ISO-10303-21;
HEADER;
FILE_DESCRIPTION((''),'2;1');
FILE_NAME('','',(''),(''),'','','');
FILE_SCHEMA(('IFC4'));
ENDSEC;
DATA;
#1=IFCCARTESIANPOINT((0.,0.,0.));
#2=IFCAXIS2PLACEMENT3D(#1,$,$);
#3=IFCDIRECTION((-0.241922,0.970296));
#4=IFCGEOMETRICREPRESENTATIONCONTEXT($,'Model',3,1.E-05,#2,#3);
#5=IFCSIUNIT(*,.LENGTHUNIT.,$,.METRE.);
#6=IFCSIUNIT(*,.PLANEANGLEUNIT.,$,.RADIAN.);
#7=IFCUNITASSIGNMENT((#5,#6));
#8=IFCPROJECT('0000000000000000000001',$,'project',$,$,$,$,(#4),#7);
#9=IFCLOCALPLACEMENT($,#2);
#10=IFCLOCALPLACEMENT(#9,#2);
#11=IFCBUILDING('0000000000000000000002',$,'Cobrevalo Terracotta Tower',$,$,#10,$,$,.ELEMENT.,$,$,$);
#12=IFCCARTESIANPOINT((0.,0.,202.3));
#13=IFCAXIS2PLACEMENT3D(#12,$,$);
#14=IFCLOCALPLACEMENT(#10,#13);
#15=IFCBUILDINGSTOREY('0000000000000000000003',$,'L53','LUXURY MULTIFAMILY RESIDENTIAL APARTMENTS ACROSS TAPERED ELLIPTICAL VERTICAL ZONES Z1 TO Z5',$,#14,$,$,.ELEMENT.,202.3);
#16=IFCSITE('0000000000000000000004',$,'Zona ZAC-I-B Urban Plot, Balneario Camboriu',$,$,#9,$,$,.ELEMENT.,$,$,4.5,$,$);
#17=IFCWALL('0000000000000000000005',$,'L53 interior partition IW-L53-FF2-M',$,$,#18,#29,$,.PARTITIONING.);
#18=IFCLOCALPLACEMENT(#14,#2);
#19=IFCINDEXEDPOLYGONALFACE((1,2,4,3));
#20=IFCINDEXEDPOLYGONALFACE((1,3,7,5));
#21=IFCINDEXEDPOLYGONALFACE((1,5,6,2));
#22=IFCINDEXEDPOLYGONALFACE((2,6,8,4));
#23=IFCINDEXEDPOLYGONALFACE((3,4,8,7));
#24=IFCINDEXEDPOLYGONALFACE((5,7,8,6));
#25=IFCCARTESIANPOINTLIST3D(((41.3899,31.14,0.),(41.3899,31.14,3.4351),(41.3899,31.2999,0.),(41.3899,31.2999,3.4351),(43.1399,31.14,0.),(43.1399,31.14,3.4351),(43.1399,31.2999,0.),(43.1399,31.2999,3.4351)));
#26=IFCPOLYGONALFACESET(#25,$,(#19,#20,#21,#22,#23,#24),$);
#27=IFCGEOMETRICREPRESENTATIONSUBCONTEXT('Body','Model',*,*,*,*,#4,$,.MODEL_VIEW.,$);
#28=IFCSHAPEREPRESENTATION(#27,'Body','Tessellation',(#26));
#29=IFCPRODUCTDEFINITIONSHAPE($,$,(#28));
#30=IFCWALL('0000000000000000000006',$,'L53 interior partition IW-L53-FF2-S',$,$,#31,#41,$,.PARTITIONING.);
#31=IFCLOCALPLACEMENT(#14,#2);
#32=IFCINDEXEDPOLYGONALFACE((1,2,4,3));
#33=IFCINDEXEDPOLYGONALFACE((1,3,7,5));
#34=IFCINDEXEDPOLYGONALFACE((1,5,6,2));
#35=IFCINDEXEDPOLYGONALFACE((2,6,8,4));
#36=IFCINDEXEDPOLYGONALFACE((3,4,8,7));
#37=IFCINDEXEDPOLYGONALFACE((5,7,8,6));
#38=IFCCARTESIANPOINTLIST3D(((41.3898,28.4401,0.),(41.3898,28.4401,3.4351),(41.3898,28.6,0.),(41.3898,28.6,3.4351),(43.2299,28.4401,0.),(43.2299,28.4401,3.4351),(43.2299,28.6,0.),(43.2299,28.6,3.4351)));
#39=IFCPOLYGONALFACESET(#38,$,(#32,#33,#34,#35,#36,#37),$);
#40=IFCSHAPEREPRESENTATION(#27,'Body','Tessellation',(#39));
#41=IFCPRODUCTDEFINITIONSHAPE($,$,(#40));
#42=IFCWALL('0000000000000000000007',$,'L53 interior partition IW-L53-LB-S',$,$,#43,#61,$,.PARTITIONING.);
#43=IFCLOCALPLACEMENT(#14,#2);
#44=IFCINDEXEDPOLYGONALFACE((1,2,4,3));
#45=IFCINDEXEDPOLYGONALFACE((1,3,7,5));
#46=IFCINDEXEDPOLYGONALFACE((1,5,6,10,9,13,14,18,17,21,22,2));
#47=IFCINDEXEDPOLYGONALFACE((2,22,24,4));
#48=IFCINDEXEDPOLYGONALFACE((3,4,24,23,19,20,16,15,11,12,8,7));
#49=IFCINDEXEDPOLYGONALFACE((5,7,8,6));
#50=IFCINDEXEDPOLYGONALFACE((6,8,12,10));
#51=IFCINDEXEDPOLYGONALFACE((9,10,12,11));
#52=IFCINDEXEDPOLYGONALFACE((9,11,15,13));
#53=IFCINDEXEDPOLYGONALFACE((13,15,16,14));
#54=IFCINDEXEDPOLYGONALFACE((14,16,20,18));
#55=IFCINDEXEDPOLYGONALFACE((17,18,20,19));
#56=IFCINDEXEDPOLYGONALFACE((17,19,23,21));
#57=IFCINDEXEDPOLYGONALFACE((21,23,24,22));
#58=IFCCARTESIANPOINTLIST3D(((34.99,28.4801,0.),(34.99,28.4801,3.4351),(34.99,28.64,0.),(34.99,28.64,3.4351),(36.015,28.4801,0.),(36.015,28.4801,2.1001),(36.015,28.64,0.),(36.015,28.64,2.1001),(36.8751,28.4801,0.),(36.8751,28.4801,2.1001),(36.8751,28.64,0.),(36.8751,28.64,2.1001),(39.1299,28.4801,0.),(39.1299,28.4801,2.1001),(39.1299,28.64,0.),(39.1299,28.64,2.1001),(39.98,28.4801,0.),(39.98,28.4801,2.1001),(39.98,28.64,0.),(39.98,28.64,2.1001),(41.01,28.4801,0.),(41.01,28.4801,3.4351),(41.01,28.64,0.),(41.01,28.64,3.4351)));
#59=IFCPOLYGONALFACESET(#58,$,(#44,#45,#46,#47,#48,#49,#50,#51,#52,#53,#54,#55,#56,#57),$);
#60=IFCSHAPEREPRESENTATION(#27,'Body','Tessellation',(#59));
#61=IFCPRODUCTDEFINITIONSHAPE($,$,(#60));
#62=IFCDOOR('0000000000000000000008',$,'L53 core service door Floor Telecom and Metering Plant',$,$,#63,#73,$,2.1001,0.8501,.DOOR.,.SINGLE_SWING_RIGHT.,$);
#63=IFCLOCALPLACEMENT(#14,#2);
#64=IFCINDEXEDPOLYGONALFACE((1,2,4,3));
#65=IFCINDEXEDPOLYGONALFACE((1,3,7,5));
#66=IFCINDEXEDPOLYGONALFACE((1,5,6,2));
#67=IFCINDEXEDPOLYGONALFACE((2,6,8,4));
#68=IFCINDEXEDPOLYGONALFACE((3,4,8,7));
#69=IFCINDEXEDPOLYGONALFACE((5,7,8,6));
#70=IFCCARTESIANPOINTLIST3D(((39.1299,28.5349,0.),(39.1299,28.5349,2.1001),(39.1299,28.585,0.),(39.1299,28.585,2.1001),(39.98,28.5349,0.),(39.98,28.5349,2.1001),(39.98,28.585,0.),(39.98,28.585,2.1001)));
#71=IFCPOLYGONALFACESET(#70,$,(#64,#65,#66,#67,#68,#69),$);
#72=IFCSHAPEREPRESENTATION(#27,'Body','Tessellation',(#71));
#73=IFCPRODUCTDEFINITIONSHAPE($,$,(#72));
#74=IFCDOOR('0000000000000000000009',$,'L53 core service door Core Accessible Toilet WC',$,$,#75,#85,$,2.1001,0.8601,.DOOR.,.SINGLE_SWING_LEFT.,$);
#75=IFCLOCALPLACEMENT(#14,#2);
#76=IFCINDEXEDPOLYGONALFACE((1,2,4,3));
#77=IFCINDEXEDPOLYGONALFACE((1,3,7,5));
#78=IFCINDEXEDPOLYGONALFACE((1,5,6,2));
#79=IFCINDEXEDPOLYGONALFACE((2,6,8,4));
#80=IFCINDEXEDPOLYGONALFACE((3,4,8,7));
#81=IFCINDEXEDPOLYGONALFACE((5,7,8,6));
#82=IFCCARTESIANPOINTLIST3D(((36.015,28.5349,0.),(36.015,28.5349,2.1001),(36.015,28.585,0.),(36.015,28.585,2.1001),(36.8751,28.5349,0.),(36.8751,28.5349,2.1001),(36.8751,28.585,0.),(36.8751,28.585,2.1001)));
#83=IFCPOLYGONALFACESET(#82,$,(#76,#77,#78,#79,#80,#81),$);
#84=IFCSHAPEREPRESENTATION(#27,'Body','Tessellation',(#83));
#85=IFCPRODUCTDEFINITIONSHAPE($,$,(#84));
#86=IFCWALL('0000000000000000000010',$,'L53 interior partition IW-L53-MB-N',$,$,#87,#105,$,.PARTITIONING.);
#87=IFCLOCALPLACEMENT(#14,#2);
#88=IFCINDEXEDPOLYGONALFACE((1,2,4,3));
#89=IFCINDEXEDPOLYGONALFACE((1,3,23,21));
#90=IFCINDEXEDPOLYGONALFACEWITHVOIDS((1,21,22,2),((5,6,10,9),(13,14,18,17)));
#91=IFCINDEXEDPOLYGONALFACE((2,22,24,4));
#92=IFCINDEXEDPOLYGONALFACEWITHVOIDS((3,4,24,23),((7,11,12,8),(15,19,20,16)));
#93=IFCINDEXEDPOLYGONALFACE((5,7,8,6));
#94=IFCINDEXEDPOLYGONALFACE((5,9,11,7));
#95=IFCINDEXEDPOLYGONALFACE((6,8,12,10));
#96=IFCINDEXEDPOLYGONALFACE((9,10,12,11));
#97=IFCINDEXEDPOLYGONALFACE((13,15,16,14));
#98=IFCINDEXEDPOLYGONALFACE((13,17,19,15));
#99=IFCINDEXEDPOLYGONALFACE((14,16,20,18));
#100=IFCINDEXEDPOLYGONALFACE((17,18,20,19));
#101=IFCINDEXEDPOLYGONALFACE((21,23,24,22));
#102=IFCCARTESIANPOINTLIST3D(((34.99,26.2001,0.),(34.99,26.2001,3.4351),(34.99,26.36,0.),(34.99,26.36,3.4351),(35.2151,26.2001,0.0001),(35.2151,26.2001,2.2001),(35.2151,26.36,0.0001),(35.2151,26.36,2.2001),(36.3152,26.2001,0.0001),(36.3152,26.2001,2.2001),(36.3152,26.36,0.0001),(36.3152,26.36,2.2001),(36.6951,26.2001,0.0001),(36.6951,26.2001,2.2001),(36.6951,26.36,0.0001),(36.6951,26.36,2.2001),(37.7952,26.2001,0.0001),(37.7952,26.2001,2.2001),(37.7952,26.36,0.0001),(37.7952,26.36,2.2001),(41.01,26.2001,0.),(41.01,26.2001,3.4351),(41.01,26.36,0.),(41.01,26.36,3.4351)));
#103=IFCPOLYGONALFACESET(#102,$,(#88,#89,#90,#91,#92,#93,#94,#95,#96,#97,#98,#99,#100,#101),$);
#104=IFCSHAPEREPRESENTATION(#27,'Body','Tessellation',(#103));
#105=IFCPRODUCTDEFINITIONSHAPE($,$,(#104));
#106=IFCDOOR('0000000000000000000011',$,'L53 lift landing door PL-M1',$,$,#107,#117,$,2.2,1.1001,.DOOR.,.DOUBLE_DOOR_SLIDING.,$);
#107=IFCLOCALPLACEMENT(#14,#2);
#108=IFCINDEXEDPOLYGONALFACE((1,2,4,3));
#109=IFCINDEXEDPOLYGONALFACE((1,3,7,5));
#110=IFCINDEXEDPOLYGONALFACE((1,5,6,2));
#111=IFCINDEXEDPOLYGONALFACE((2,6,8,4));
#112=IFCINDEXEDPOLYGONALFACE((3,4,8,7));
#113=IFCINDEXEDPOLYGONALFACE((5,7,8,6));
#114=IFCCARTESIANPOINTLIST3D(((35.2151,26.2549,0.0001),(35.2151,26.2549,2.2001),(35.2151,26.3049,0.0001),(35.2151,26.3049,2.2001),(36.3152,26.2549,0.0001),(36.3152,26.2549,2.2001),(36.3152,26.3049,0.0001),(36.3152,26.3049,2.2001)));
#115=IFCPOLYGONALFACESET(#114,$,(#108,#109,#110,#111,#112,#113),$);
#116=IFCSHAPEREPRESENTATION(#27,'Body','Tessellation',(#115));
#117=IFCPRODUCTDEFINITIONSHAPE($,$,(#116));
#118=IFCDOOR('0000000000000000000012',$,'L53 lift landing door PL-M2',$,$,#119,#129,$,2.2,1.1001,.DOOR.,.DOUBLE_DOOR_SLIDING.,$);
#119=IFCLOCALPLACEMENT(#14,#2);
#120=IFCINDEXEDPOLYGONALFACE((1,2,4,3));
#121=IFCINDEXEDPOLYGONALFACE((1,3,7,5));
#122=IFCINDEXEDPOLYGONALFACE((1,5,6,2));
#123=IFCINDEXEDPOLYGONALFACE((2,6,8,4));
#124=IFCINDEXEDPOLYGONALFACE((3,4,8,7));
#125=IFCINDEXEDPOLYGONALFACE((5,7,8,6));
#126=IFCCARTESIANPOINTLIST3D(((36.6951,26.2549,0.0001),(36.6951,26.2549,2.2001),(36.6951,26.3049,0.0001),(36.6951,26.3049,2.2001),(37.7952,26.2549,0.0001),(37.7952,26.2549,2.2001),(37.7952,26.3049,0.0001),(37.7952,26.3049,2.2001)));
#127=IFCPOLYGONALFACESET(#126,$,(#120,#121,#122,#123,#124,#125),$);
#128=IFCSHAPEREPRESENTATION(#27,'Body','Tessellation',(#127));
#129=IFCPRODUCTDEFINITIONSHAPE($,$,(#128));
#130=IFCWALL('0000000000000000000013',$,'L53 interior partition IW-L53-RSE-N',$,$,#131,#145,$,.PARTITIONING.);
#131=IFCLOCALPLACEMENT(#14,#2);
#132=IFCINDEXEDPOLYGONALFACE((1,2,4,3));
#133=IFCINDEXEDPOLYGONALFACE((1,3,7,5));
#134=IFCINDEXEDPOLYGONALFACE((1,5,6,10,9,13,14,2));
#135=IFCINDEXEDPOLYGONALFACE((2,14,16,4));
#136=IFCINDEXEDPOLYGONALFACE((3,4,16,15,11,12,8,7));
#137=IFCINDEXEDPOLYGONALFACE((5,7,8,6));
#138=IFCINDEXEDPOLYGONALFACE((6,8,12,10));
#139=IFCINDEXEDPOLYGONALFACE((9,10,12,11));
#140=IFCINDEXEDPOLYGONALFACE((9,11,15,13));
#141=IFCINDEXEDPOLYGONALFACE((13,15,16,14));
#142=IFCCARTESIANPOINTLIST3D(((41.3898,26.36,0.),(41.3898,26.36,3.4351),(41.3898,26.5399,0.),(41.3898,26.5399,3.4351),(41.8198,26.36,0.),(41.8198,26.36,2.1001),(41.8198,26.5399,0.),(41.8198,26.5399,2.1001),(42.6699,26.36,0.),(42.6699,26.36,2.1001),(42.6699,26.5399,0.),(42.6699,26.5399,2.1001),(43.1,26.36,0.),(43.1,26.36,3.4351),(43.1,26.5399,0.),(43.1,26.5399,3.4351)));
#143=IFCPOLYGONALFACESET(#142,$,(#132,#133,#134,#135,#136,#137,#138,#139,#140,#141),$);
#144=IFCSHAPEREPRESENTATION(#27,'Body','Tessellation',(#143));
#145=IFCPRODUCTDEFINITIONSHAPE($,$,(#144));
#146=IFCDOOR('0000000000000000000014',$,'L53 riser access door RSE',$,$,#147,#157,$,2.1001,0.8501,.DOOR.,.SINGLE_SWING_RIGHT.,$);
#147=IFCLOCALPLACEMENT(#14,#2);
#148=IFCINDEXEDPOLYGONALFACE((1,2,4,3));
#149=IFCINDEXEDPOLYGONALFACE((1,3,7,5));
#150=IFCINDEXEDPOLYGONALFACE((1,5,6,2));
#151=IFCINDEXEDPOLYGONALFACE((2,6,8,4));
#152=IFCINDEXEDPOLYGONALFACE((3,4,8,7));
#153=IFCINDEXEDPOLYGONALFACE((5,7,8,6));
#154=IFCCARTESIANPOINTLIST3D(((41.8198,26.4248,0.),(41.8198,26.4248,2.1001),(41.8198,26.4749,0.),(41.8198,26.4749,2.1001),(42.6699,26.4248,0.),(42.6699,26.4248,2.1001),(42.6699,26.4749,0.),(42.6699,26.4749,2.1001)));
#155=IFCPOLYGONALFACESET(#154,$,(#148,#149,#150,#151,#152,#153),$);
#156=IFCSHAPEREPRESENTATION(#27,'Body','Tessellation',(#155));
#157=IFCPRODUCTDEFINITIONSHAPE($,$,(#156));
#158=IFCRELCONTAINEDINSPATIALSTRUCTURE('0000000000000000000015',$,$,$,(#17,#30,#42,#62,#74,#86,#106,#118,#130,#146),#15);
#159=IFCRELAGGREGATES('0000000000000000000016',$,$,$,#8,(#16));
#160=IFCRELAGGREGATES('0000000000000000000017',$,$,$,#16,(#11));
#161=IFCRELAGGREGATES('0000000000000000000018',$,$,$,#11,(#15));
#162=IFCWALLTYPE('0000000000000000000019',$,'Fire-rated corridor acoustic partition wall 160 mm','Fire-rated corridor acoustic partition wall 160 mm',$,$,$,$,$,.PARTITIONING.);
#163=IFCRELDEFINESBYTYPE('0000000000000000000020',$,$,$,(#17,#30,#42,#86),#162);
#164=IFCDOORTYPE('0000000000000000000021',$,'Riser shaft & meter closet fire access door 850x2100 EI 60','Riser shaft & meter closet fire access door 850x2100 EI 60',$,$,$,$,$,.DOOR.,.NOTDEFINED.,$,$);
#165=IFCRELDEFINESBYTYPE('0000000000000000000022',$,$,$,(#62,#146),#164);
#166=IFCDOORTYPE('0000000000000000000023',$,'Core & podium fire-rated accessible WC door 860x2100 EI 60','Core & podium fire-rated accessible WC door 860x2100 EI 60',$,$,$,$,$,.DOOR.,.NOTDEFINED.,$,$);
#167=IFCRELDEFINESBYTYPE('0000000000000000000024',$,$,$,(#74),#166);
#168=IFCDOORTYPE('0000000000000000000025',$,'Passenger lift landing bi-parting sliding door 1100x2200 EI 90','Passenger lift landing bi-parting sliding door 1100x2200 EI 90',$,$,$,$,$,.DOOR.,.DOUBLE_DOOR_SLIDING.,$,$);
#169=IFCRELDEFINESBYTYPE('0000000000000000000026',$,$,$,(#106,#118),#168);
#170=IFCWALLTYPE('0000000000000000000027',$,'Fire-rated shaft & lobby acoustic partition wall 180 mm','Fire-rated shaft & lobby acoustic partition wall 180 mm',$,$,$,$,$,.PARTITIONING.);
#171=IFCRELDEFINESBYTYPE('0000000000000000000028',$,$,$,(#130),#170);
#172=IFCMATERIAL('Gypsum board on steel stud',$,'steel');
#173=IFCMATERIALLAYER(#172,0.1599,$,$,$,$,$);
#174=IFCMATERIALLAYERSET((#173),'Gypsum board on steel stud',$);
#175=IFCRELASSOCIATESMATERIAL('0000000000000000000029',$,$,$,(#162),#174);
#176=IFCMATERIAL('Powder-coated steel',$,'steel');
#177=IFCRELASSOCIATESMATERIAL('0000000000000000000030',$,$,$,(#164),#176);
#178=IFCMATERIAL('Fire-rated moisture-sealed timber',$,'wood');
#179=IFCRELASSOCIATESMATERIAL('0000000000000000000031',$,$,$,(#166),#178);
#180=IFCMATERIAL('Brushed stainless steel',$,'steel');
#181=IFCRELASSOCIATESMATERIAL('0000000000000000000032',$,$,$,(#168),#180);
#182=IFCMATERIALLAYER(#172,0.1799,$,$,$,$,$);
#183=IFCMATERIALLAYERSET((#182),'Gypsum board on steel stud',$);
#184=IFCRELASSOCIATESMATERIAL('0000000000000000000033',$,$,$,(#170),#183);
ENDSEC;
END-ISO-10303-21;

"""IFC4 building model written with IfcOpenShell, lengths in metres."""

from ifc_helpers import new_model, si_unit, direction, frame, frame_2d, origin, place, context, subcontext, project, spatial, rectangle, extrude, source, transform, mapped, material, layer, layer_set, type_object, element, fill, save


model = new_model("IFC4")

# Units and contexts
model_context = context("Model", 3, precision=1e-05, world=origin(), true_north=direction((-0.241922, 0.970296)))
body_context = subcontext(model_context, "Body", "Model", "MODEL_VIEW")
ifc_project = project(units=[si_unit("LENGTHUNIT", "METRE"), si_unit("PLANEANGLEUNIT", "RADIAN")], contexts=[model_context])

# Site, building, storey
site_placement = place(None, origin())
site = spatial("IfcSite", under=ifc_project, at=site_placement, Name="Zona ZAC-I-B Urban Plot, Balneario Camboriu", CompositionType="ELEMENT", RefElevation=4.5)
building_placement = place(site_placement, origin())
building = spatial("IfcBuilding", under=site, at=building_placement, Name="Cobrevalo Terracotta Tower", CompositionType="ELEMENT")
storey_placement = place(building_placement, frame((0.0, 0.0, 202.3)))
storey = spatial("IfcBuildingStorey", under=building, at=storey_placement, Name="L53", Description="LUXURY MULTIFAMILY RESIDENTIAL APARTMENTS ACROSS TAPERED ELLIPTICAL VERTICAL ZONES Z1 TO Z5", CompositionType="ELEMENT", Elevation=202.3)

# Walls
ifc_material_1 = material(Name="Gypsum board on steel stud", Category="steel")
ifc_layer_1 = layer(ifc_material_1, 0.1599)
ifc_layer_set_1 = layer_set([ifc_layer_1], Name="Gypsum board on steel stud")
wall_type_1 = type_object("IfcWallType", Name="Fire-rated corridor acoustic partition wall 160 mm", Description="Fire-rated corridor acoustic partition wall 160 mm", PredefinedType="PARTITIONING", material=ifc_layer_set_1)
wall_1_placement = place(storey_placement, frame((41.3899, 31.22, 0.0), z_axis=(0.0, 0.0, 1.0), x_axis=(1.0, 0.0, 0.0)))
element("IfcWall", 1, at=wall_1_placement, inside=storey, type_object=wall_type_1, Name="L53 interior partition IW-L53-FF2-M", PredefinedType="PARTITIONING", context=body_context, shape_type="SweptSolid", body=[
    extrude(rectangle(XDim=1.75, YDim=0.1599, at=frame_2d((0.875, 0.0))), origin(), (0.0, 0.0, 1.0), 3.4351),
])
wall_2_placement = place(storey_placement, frame((41.3899, 28.52, 0.0), z_axis=(0.0, 0.0, 1.0), x_axis=(1.0, 0.0, 0.0)))
element("IfcWall", 2, at=wall_2_placement, inside=storey, type_object=wall_type_1, Name="L53 interior partition IW-L53-FF2-S", PredefinedType="PARTITIONING", context=body_context, shape_type="SweptSolid", body=[
    extrude(rectangle(XDim=1.8401, YDim=0.1599, at=frame_2d((0.9199, 0.0))), origin(), (0.0, 0.0, 1.0), 3.4351),
])

# Walls, openings, doors
wall_3_placement = place(storey_placement, frame((34.99, 28.5601, 0.0), z_axis=(0.0, 0.0, 1.0), x_axis=(1.0, 0.0, 0.0)))
wall_3 = element("IfcWall", 3, at=wall_3_placement, inside=storey, type_object=wall_type_1, Name="L53 interior partition IW-L53-LB-S", PredefinedType="PARTITIONING", context=body_context, shape_type="SweptSolid", body=[
    extrude(rectangle(XDim=6.02, YDim=0.1599, at=frame_2d((3.01, 0.0))), origin(), (0.0, 0.0, 1.0), 3.4351),
])
opening_1_placement = place(wall_3_placement, frame((1.0249, 0.0, 0.0)))
opening_1 = element("IfcOpeningElement", 4, at=opening_1_placement, cuts=wall_3, PredefinedType="OPENING", context=body_context, shape_type="SweptSolid", body=[
    extrude(rectangle(XDim=0.8601, YDim=2.1001, at=frame_2d((0.4302, 1.05))), frame((0.0, 0.0898, 0.0), z_axis=(0.0, -1.0, 0.0), x_axis=(1.0, 0.0, 0.0)), (0.0, 0.0, 1.0), 0.1799),
])
opening_2_placement = place(wall_3_placement, frame((4.1399, 0.0, 0.0)))
opening_2 = element("IfcOpeningElement", 5, at=opening_2_placement, cuts=wall_3, PredefinedType="OPENING", context=body_context, shape_type="SweptSolid", body=[
    extrude(rectangle(XDim=0.8501, YDim=2.1001, at=frame_2d((0.425, 1.05))), frame((0.0, 0.0898, 0.0), z_axis=(0.0, -1.0, 0.0), x_axis=(1.0, 0.0, 0.0)), (0.0, 0.0, 1.0), 0.1799),
])
ifc_material_2 = material(Name="Powder-coated steel", Category="steel")
door_type_1 = type_object("IfcDoorType", Name="Riser shaft & meter closet fire access door 850x2100 EI 60", Description="Riser shaft & meter closet fire access door 850x2100 EI 60", OperationType="NOTDEFINED", PredefinedType="DOOR", material=ifc_material_2)
shared_shape_1 = source(origin(), body_context, "Body", "SweptSolid", [
    extrude(rectangle(XDim=0.8501, YDim=2.1001, at=frame_2d((0.425, 1.05))), frame((0.0, 0.0249, 0.0), z_axis=(0.0, -1.0, 0.0), x_axis=(1.0, 0.0, 0.0)), (0.0, 0.0, 1.0), 0.05),
])
door_1_placement = place(opening_2_placement, origin())
door_1 = element("IfcDoor", 6, at=door_1_placement, inside=storey, type_object=door_type_1, Name="L53 core service door Floor Telecom and Metering Plant", OperationType="SINGLE_SWING_RIGHT", OverallHeight=2.1001, OverallWidth=0.8501, PredefinedType="DOOR", context=body_context, shape_type="MappedRepresentation", body=[
    mapped(shared_shape_1, transform((0.0, 0.0, 0.0), scale=1.0)),
])
fill(opening_2, door_1)
ifc_material_3 = material(Name="Fire-rated moisture-sealed timber", Category="wood")
door_type_2 = type_object("IfcDoorType", Name="Core & podium fire-rated accessible WC door 860x2100 EI 60", Description="Core & podium fire-rated accessible WC door 860x2100 EI 60", OperationType="NOTDEFINED", PredefinedType="DOOR", material=ifc_material_3)
shared_shape_2 = source(origin(), body_context, "Body", "SweptSolid", [
    extrude(rectangle(XDim=0.8601, YDim=2.1001, at=frame_2d((0.4302, 1.05))), frame((0.0, 0.0249, 0.0), z_axis=(0.0, -1.0, 0.0), x_axis=(1.0, 0.0, 0.0)), (0.0, 0.0, 1.0), 0.05),
])
door_2_placement = place(opening_1_placement, origin())
door_2 = element("IfcDoor", 7, at=door_2_placement, inside=storey, type_object=door_type_2, Name="L53 core service door Core Accessible Toilet WC", OperationType="SINGLE_SWING_LEFT", OverallHeight=2.1001, OverallWidth=0.8601, PredefinedType="DOOR", context=body_context, shape_type="MappedRepresentation", body=[
    mapped(shared_shape_2, transform((0.0, 0.0, 0.0), scale=1.0)),
])
fill(opening_1, door_2)
wall_4_placement = place(storey_placement, frame((34.99, 26.28, 0.0), z_axis=(0.0, 0.0, 1.0), x_axis=(1.0, 0.0, 0.0)))
wall_4 = element("IfcWall", 8, at=wall_4_placement, inside=storey, type_object=wall_type_1, Name="L53 interior partition IW-L53-MB-N", PredefinedType="PARTITIONING", context=body_context, shape_type="SweptSolid", body=[
    extrude(rectangle(XDim=6.02, YDim=0.1599, at=frame_2d((3.01, 0.0))), origin(), (0.0, 0.0, 1.0), 3.4351),
])
opening_3_placement = place(wall_4_placement, frame((0.2251, 0.0, 0.0)))
opening_3 = element("IfcOpeningElement", 9, at=opening_3_placement, cuts=wall_4, PredefinedType="OPENING", context=body_context, shape_type="SweptSolid", body=[
    extrude(rectangle(XDim=1.1001, YDim=2.2, at=frame_2d((0.55, 1.1001))), frame((0.0, 0.0898, 0.0), z_axis=(0.0, -1.0, 0.0), x_axis=(1.0, 0.0, 0.0)), (0.0, 0.0, 1.0), 0.1799),
])
opening_4_placement = place(wall_4_placement, frame((1.7051, 0.0, 0.0)))
opening_4 = element("IfcOpeningElement", 10, at=opening_4_placement, cuts=wall_4, PredefinedType="OPENING", context=body_context, shape_type="SweptSolid", body=[
    extrude(rectangle(XDim=1.1001, YDim=2.2, at=frame_2d((0.55, 1.1001))), frame((0.0, 0.0898, 0.0), z_axis=(0.0, -1.0, 0.0), x_axis=(1.0, 0.0, 0.0)), (0.0, 0.0, 1.0), 0.1799),
])
ifc_material_4 = material(Name="Brushed stainless steel", Category="steel")
door_type_3 = type_object("IfcDoorType", Name="Passenger lift landing bi-parting sliding door 1100x2200 EI 90", Description="Passenger lift landing bi-parting sliding door 1100x2200 EI 90", OperationType="DOUBLE_DOOR_SLIDING", PredefinedType="DOOR", material=ifc_material_4)
shared_shape_3 = source(origin(), body_context, "Body", "SweptSolid", [
    extrude(rectangle(XDim=1.1001, YDim=2.2, at=frame_2d((0.55, 1.1001))), frame((0.0, 0.0249, 0.0), z_axis=(0.0, -1.0, 0.0), x_axis=(1.0, 0.0, 0.0)), (0.0, 0.0, 1.0), 0.05),
])
door_3_placement = place(opening_3_placement, origin())
door_3 = element("IfcDoor", 11, at=door_3_placement, inside=storey, type_object=door_type_3, Name="L53 lift landing door PL-M1", OperationType="DOUBLE_DOOR_SLIDING", OverallHeight=2.2, OverallWidth=1.1001, PredefinedType="DOOR", context=body_context, shape_type="MappedRepresentation", body=[
    mapped(shared_shape_3, transform((0.0, 0.0, 0.0), scale=1.0)),
])
fill(opening_3, door_3)
door_4_placement = place(opening_4_placement, origin())
door_4 = element("IfcDoor", 12, at=door_4_placement, inside=storey, type_object=door_type_3, Name="L53 lift landing door PL-M2", OperationType="DOUBLE_DOOR_SLIDING", OverallHeight=2.2, OverallWidth=1.1001, PredefinedType="DOOR", context=body_context, shape_type="MappedRepresentation", body=[
    mapped(shared_shape_3, transform((0.0, 0.0, 0.0), scale=1.0)),
])
fill(opening_4, door_4)

# Wall, opening, door
ifc_layer_2 = layer(ifc_material_1, 0.1799)
ifc_layer_set_2 = layer_set([ifc_layer_2], Name="Gypsum board on steel stud")
wall_type_2 = type_object("IfcWallType", Name="Fire-rated shaft & lobby acoustic partition wall 180 mm", Description="Fire-rated shaft & lobby acoustic partition wall 180 mm", PredefinedType="PARTITIONING", material=ifc_layer_set_2)
wall_5_placement = place(storey_placement, frame((41.3899, 26.45, 0.0), z_axis=(0.0, 0.0, 1.0), x_axis=(1.0, 0.0, 0.0)))
wall_5 = element("IfcWall", 13, at=wall_5_placement, inside=storey, type_object=wall_type_2, Name="L53 interior partition IW-L53-RSE-N", PredefinedType="PARTITIONING", context=body_context, shape_type="SweptSolid", body=[
    extrude(rectangle(XDim=1.7102, YDim=0.1799, at=frame_2d((0.855, 0.0))), origin(), (0.0, 0.0, 1.0), 3.4351),
])
opening_5_placement = place(wall_5_placement, frame((0.4299, 0.0, 0.0)))
opening_5 = element("IfcOpeningElement", 14, at=opening_5_placement, cuts=wall_5, PredefinedType="OPENING", context=body_context, shape_type="SweptSolid", body=[
    extrude(rectangle(XDim=0.8501, YDim=2.1001, at=frame_2d((0.425, 1.05))), frame((0.0, 0.1001, 0.0), z_axis=(0.0, -1.0, 0.0), x_axis=(1.0, 0.0, 0.0)), (0.0, 0.0, 1.0), 0.2),
])
door_5_placement = place(opening_5_placement, origin())
door_5 = element("IfcDoor", 15, at=door_5_placement, inside=storey, type_object=door_type_1, Name="L53 riser access door RSE", OperationType="SINGLE_SWING_RIGHT", OverallHeight=2.1001, OverallWidth=0.8501, PredefinedType="DOOR", context=body_context, shape_type="MappedRepresentation", body=[
    mapped(shared_shape_1, transform((0.0, 0.0, 0.0), scale=1.0)),
])
fill(opening_5, door_5)

save(model, "model.ifc")
